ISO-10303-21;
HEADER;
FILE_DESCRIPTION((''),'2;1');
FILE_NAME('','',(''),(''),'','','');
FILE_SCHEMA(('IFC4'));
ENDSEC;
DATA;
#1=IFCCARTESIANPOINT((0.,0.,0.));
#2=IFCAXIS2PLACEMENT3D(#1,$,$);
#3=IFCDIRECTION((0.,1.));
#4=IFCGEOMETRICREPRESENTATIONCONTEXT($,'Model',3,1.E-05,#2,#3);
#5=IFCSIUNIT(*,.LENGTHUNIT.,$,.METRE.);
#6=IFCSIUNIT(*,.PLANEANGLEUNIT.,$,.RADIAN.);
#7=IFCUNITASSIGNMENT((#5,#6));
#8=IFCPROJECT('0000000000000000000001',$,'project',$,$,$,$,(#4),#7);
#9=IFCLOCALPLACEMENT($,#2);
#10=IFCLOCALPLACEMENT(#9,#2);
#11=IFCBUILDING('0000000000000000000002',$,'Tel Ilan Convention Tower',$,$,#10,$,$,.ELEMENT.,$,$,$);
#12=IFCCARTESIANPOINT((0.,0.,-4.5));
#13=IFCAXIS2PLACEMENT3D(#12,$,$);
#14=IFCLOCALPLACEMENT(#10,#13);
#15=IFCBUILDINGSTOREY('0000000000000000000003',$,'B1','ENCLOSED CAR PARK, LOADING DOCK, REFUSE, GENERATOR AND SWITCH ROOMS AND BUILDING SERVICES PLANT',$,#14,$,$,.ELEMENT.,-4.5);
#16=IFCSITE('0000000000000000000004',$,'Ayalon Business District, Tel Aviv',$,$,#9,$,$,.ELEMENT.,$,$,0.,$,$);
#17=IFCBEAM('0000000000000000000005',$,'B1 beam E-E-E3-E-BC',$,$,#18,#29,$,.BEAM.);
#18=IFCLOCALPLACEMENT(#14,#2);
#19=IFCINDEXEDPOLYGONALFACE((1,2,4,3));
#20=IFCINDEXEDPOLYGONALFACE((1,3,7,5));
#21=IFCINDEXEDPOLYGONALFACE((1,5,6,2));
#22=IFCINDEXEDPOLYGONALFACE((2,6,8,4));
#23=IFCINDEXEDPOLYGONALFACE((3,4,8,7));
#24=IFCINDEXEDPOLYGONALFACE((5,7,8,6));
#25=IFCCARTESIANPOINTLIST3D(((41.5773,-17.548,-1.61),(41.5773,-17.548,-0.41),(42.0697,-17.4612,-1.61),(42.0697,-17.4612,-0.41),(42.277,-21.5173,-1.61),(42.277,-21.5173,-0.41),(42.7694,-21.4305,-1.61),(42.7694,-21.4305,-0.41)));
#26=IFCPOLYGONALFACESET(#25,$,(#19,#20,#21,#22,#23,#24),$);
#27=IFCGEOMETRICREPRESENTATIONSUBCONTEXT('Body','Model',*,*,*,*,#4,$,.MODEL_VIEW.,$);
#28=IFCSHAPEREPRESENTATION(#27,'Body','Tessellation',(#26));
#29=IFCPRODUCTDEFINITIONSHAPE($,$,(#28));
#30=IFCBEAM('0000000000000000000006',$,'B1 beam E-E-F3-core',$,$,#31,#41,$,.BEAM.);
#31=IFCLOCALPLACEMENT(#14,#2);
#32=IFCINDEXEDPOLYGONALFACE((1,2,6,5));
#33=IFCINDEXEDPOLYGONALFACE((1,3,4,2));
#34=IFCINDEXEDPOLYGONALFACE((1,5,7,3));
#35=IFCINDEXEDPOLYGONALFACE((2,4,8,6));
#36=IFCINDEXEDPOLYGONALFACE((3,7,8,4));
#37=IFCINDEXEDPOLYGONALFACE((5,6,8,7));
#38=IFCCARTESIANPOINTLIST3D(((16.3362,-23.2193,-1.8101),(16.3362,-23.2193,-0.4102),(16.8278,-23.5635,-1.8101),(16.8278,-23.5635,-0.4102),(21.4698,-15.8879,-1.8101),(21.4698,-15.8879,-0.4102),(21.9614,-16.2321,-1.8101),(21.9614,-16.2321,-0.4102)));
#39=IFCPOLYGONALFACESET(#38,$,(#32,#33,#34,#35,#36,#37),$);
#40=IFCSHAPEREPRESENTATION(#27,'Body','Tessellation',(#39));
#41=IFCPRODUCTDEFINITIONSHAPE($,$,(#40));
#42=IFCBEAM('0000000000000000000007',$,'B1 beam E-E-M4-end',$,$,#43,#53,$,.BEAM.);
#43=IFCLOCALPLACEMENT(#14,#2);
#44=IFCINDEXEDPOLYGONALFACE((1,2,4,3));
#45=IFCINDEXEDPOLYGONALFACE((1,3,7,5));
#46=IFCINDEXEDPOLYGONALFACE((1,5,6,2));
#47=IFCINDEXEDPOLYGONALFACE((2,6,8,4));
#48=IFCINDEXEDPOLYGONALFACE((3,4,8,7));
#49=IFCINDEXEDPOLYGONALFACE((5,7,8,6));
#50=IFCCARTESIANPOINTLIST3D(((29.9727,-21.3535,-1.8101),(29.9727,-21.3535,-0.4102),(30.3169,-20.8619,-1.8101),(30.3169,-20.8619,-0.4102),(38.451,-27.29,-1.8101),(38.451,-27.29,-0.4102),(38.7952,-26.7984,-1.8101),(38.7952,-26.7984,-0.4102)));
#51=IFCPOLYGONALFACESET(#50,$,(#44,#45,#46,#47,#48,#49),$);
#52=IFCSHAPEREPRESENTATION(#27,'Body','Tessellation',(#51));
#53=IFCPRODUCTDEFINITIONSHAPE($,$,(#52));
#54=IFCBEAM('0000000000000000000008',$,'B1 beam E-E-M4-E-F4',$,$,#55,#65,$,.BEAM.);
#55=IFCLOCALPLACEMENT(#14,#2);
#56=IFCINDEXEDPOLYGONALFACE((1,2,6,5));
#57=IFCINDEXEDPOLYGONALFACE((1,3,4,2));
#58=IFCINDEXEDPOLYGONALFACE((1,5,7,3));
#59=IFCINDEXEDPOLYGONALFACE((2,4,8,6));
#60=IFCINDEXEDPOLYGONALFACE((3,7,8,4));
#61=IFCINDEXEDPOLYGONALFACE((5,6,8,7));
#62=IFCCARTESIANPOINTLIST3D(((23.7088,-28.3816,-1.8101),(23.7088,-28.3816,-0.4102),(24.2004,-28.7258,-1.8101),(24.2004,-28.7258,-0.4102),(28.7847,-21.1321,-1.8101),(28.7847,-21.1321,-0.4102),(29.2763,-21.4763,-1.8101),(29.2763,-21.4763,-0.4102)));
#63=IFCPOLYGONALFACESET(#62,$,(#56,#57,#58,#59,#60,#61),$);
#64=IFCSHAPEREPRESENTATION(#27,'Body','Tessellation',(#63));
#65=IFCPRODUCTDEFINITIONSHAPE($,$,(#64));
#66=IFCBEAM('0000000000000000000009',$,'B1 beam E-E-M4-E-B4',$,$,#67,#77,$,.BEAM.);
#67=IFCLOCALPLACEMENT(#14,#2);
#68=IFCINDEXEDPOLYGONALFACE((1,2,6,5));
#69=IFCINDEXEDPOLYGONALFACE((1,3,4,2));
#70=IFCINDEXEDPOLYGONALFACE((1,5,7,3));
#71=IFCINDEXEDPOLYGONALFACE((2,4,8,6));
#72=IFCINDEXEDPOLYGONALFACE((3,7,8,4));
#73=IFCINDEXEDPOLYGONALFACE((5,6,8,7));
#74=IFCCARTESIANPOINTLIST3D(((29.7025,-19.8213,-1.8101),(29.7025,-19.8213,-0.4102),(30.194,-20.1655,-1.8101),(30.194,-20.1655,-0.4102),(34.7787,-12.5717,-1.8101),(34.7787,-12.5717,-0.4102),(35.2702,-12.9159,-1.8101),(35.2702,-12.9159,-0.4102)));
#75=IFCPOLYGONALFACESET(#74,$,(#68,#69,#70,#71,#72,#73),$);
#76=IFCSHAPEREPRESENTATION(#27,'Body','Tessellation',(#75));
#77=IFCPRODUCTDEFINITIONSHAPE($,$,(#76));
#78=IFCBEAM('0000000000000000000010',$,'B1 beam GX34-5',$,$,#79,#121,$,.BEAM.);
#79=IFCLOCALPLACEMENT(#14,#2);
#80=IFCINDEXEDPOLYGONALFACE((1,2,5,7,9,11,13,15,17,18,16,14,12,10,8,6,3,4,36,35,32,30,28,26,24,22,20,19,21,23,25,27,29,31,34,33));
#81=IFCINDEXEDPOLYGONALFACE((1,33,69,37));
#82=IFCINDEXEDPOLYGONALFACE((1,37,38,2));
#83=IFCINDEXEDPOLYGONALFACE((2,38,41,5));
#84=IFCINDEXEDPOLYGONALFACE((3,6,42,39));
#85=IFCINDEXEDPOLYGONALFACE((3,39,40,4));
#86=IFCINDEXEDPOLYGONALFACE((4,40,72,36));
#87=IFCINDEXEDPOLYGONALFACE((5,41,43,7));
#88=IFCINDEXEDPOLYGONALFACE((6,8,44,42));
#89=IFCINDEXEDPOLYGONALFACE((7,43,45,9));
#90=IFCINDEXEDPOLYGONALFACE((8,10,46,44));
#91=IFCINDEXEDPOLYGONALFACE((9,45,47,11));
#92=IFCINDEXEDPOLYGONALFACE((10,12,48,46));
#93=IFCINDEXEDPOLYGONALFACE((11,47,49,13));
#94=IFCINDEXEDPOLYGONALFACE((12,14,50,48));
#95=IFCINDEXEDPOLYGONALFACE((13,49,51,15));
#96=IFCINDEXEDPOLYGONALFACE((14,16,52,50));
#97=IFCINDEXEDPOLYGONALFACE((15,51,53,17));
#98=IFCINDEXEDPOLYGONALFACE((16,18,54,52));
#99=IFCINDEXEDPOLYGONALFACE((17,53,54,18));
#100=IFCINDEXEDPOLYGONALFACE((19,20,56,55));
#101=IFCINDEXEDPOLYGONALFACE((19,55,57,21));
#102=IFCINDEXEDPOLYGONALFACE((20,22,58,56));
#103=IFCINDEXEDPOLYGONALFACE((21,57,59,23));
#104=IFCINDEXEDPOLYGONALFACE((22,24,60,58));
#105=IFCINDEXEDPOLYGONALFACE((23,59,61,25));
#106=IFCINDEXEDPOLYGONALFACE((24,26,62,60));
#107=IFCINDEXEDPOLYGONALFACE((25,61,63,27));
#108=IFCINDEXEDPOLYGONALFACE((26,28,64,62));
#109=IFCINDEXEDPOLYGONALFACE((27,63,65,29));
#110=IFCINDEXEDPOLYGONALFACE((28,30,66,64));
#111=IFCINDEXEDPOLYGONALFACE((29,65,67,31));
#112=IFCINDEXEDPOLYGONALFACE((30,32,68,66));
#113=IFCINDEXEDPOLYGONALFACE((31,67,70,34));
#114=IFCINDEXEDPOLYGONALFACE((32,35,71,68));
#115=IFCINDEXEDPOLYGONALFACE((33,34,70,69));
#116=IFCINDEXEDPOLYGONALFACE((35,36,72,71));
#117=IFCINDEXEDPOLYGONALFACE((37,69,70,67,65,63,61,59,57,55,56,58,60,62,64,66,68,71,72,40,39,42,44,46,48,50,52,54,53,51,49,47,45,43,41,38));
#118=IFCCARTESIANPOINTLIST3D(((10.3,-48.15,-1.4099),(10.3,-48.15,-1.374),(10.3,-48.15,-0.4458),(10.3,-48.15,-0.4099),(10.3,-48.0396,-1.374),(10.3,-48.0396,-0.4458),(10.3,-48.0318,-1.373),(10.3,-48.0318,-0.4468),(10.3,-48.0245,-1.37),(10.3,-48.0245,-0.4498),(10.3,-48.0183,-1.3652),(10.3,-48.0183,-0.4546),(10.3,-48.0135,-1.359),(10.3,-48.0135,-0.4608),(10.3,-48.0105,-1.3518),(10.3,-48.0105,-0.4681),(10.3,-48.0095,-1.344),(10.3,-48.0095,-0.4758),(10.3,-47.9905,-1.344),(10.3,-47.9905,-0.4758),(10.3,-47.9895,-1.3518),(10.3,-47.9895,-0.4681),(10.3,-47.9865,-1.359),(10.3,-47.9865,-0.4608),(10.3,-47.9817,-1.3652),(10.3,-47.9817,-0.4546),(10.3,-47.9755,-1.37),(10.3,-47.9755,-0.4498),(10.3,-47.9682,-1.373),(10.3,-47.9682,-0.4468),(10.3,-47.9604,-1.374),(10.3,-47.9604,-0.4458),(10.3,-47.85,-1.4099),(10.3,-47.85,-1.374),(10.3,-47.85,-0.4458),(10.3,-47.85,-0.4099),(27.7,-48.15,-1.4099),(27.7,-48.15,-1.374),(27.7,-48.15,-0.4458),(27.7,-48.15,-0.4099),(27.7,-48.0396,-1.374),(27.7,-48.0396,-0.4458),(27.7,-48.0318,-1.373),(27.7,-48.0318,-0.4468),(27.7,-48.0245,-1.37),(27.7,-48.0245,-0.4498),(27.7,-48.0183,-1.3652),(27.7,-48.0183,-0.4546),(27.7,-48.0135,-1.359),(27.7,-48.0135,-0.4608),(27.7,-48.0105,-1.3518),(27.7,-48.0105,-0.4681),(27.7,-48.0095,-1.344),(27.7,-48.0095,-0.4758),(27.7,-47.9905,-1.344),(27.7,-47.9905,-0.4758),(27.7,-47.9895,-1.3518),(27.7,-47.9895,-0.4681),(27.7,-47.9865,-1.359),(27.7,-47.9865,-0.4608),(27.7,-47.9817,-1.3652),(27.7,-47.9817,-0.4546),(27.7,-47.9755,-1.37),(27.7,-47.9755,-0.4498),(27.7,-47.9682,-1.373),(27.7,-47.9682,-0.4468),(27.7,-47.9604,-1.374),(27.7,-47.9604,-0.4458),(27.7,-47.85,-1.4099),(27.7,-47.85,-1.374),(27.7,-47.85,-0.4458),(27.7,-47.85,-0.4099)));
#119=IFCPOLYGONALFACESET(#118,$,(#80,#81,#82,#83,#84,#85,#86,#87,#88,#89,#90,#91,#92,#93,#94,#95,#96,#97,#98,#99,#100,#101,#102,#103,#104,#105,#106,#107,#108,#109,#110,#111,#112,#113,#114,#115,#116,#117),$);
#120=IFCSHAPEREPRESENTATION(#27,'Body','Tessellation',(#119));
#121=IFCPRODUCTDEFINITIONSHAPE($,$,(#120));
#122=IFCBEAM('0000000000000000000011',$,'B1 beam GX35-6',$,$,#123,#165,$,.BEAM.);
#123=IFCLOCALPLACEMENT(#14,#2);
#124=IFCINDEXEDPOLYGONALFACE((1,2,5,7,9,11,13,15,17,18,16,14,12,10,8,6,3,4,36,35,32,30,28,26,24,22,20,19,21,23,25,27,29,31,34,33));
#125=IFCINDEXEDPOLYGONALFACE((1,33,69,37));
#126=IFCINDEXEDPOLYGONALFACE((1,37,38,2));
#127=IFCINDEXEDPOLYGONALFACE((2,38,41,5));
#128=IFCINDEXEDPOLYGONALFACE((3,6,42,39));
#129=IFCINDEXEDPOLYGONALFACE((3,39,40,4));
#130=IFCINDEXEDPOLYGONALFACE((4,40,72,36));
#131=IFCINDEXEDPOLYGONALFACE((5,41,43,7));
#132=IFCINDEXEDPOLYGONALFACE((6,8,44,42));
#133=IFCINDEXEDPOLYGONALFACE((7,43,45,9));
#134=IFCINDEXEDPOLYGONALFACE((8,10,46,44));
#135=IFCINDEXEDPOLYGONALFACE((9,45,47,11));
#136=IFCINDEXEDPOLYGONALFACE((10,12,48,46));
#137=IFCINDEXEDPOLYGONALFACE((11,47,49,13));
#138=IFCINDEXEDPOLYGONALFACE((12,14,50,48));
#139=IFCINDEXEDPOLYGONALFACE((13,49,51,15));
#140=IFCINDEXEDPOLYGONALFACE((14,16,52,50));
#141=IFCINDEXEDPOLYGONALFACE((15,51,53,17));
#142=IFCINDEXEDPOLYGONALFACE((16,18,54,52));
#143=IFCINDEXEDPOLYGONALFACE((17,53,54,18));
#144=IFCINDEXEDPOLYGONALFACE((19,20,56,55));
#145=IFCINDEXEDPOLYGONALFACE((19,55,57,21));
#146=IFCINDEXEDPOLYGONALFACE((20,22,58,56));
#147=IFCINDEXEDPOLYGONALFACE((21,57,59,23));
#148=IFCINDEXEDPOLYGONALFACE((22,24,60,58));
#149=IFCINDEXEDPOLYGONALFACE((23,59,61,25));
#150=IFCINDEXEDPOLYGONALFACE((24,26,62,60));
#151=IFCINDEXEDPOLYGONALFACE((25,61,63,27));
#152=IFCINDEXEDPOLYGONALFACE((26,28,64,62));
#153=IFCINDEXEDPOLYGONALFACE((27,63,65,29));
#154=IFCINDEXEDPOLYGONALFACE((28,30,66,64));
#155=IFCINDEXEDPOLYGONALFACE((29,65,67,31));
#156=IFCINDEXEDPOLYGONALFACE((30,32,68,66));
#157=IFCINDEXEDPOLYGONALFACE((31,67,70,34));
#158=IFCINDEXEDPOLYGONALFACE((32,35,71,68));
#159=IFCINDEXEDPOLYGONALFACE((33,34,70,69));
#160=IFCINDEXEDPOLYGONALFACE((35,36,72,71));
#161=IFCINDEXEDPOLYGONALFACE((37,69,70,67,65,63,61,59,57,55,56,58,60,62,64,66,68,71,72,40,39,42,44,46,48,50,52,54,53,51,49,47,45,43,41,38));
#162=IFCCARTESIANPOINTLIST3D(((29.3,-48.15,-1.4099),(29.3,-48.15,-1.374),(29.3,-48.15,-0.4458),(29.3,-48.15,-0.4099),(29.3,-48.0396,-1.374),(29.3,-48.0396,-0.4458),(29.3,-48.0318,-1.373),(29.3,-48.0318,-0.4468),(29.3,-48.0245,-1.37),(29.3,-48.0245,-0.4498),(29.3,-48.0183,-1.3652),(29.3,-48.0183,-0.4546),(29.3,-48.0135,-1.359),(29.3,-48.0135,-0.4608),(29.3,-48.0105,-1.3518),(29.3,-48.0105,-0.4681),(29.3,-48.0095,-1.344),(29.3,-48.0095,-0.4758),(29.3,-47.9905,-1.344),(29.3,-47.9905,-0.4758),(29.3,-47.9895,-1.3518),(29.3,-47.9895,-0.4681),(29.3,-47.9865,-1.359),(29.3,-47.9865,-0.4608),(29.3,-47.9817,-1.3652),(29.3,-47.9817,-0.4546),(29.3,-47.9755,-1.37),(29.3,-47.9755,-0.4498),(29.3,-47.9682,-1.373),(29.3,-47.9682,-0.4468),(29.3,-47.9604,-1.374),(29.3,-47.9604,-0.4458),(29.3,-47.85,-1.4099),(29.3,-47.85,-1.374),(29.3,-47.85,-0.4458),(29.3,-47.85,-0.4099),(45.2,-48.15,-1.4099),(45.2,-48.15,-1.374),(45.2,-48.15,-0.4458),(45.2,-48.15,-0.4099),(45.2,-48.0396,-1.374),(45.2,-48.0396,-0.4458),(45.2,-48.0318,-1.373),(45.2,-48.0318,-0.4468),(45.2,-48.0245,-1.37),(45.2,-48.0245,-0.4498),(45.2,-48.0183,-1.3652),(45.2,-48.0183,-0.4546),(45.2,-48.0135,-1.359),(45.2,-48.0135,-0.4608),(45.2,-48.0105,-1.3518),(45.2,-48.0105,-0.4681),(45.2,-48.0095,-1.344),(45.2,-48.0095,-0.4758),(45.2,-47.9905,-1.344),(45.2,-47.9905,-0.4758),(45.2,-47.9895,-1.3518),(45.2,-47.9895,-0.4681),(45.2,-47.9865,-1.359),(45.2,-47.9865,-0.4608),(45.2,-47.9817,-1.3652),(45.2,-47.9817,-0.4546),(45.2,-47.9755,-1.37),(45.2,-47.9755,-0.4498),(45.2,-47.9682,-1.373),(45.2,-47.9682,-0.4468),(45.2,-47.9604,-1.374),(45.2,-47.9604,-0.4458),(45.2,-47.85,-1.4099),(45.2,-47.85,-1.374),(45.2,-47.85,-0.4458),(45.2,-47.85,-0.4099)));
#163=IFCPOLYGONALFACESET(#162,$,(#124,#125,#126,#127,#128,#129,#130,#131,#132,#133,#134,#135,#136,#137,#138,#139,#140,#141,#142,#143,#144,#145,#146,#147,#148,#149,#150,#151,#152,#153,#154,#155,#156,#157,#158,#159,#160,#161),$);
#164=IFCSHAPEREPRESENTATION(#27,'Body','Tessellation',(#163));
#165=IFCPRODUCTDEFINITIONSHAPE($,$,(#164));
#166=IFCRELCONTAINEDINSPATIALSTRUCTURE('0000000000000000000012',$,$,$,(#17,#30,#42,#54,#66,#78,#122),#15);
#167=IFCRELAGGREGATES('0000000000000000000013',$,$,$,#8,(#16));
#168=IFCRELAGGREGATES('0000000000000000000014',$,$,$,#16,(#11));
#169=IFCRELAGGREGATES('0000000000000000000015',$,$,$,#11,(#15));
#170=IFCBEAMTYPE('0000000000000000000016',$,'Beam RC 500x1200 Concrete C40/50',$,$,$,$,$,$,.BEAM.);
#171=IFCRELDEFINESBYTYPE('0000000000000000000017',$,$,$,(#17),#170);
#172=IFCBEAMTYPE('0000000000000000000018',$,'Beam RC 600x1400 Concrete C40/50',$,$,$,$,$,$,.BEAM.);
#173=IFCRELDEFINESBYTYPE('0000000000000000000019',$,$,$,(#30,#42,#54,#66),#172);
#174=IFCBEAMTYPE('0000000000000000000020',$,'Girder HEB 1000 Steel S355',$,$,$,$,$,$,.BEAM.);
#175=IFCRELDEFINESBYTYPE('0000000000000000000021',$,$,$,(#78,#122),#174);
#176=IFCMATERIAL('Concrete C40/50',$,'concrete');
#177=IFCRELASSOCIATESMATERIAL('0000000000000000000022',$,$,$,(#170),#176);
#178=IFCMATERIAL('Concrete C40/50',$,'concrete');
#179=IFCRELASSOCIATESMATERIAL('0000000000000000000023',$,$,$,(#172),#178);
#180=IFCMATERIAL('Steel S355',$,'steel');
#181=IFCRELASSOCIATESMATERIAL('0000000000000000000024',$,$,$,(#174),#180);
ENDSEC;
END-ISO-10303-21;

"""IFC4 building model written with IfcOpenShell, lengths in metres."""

from ifc_helpers import new_model, si_unit, direction, frame, origin, origin_2d, place, context, subcontext, project, spatial, rectangle, i_section, extrude, material, material_profile, profile_set, type_object, element, save


model = new_model("IFC4")

# Units and contexts
model_context = context("Model", 3, precision=1e-05, world=origin(), true_north=direction((0.0, 1.0)))
body_context = subcontext(model_context, "Body", "Model", "MODEL_VIEW")
ifc_project = project(units=[si_unit("LENGTHUNIT", "METRE"), si_unit("PLANEANGLEUNIT", "RADIAN")], contexts=[model_context])

# Site, building, storey
site_placement = place(None, origin())
site = spatial("IfcSite", under=ifc_project, at=site_placement, Name="Ayalon Business District, Tel Aviv", CompositionType="ELEMENT", RefElevation=0.0)
building_placement = place(site_placement, origin())
building = spatial("IfcBuilding", under=site, at=building_placement, Name="Tel Ilan Convention Tower", CompositionType="ELEMENT")
storey_placement = place(building_placement, frame((0.0, 0.0, -4.5)))
storey = spatial("IfcBuildingStorey", under=building, at=storey_placement, Name="B1", Description="ENCLOSED CAR PARK, LOADING DOCK, REFUSE, GENERATOR AND SWITCH ROOMS AND BUILDING SERVICES PLANT", CompositionType="ELEMENT", Elevation=-4.5)

# Beams
ifc_material_1 = material(Name="Concrete C40/50", Category="concrete")
ifc_material_profile_1 = material_profile(ifc_material_1, rectangle(XDim=0.5, YDim=1.2, at=origin_2d()), Name="RC 500x1200")
ifc_profile_set_1 = profile_set([ifc_material_profile_1], Name="Concrete C40/50")
beam_type_1 = type_object("IfcBeamType", Name="Beam RC 500x1200 Concrete C40/50", PredefinedType="BEAM", material=ifc_profile_set_1)
beam_1_placement = place(storey_placement, frame((42.5232, -21.4739, -1.01), z_axis=(-0.173606, 0.984815, 0.0), x_axis=(-0.984815, -0.173606, 0.0)))
element("IfcBeam", 1, at=beam_1_placement, inside=storey, type_object=beam_type_1, Name="B1 beam E-E-E3-E-BC", PredefinedType="BEAM", context=body_context, shape_type="SweptSolid", body=[
    extrude(rectangle(XDim=0.5, YDim=1.2, at=origin_2d()), origin(), (0.0, 0.0, 1.0), 4.0305),
])
ifc_material_2 = material(Name="Concrete C40/50", Category="concrete")
ifc_material_profile_2 = material_profile(ifc_material_2, rectangle(XDim=0.6001, YDim=1.3999, at=origin_2d()), Name="RC 600x1400")
ifc_profile_set_2 = profile_set([ifc_material_profile_2], Name="Concrete C40/50")
beam_type_2 = type_object("IfcBeamType", Name="Beam RC 600x1400 Concrete C40/50", PredefinedType="BEAM", material=ifc_profile_set_2)
beam_2_placement = place(storey_placement, frame((16.582, -23.3914, -1.1101), z_axis=(0.573585, 0.819146, 0.0), x_axis=(-0.819146, 0.573585, 0.0)))
element("IfcBeam", 2, at=beam_2_placement, inside=storey, type_object=beam_type_2, Name="B1 beam E-E-F3-core", PredefinedType="BEAM", context=body_context, shape_type="SweptSolid", body=[
    extrude(rectangle(XDim=0.6001, YDim=1.3999, at=origin_2d()), origin(), (0.0, 0.0, 1.0), 8.95),
])
beam_3_placement = place(storey_placement, frame((30.1448, -21.1077, -1.1101), z_axis=(0.819153, -0.573575, 0.0), x_axis=(0.573575, 0.819153, 0.0)))
element("IfcBeam", 3, at=beam_3_placement, inside=storey, type_object=beam_type_2, Name="B1 beam E-E-M4-end", PredefinedType="BEAM", context=body_context, shape_type="SweptSolid", body=[
    extrude(rectangle(XDim=0.6001, YDim=1.3999, at=origin_2d()), origin(), (0.0, 0.0, 1.0), 10.3501),
])
beam_4_placement = place(storey_placement, frame((29.0305, -21.3042, -1.1101), z_axis=(-0.573559, -0.819165, 0.0), x_axis=(0.819165, -0.573559, 0.0)))
element("IfcBeam", 4, at=beam_4_placement, inside=storey, type_object=beam_type_2, Name="B1 beam E-E-M4-E-F4", PredefinedType="BEAM", context=body_context, shape_type="SweptSolid", body=[
    extrude(rectangle(XDim=0.6001, YDim=1.3999, at=origin_2d()), origin(), (0.0, 0.0, 1.0), 8.8499),
])
beam_5_placement = place(storey_placement, frame((29.9482, -19.9934, -1.1101), z_axis=(0.573577, 0.819152, 0.0), x_axis=(-0.819152, 0.573577, 0.0)))
element("IfcBeam", 5, at=beam_5_placement, inside=storey, type_object=beam_type_2, Name="B1 beam E-E-M4-E-B4", PredefinedType="BEAM", context=body_context, shape_type="SweptSolid", body=[
    extrude(rectangle(XDim=0.6001, YDim=1.3999, at=origin_2d()), origin(), (0.0, 0.0, 1.0), 8.8501),
])
ifc_material_3 = material(Name="Steel S355", Category="steel")
ifc_material_profile_3 = material_profile(ifc_material_3, i_section(OverallWidth=0.3, OverallDepth=1.0, WebThickness=0.019, FlangeThickness=0.0359, FilletRadius=0.03, at=origin_2d()), Name="HEB 1000")
ifc_profile_set_3 = profile_set([ifc_material_profile_3], Name="Steel S355")
beam_type_3 = type_object("IfcBeamType", Name="Girder HEB 1000 Steel S355", PredefinedType="BEAM", material=ifc_profile_set_3)
beam_6_placement = place(storey_placement, frame((10.3, -48.0, -0.9099), z_axis=(1.0, 0.0, 0.0), x_axis=(0.0, 1.0, 0.0)))
element("IfcBeam", 6, at=beam_6_placement, inside=storey, type_object=beam_type_3, Name="B1 beam GX34-5", PredefinedType="BEAM", context=body_context, shape_type="SweptSolid", body=[
    extrude(i_section(OverallWidth=0.3, OverallDepth=1.0, WebThickness=0.019, FlangeThickness=0.0359, FilletRadius=0.03, at=origin_2d()), origin(), (0.0, 0.0, 1.0), 17.3999),
])
beam_7_placement = place(storey_placement, frame((29.3, -48.0, -0.9099), z_axis=(1.0, 0.0, 0.0), x_axis=(0.0, 1.0, 0.0)))
element("IfcBeam", 7, at=beam_7_placement, inside=storey, type_object=beam_type_3, Name="B1 beam GX35-6", PredefinedType="BEAM", context=body_context, shape_type="SweptSolid", body=[
    extrude(i_section(OverallWidth=0.3, OverallDepth=1.0, WebThickness=0.019, FlangeThickness=0.0359, FilletRadius=0.03, at=origin_2d()), origin(), (0.0, 0.0, 1.0), 15.8999),
])

save(model, "model.ifc")
